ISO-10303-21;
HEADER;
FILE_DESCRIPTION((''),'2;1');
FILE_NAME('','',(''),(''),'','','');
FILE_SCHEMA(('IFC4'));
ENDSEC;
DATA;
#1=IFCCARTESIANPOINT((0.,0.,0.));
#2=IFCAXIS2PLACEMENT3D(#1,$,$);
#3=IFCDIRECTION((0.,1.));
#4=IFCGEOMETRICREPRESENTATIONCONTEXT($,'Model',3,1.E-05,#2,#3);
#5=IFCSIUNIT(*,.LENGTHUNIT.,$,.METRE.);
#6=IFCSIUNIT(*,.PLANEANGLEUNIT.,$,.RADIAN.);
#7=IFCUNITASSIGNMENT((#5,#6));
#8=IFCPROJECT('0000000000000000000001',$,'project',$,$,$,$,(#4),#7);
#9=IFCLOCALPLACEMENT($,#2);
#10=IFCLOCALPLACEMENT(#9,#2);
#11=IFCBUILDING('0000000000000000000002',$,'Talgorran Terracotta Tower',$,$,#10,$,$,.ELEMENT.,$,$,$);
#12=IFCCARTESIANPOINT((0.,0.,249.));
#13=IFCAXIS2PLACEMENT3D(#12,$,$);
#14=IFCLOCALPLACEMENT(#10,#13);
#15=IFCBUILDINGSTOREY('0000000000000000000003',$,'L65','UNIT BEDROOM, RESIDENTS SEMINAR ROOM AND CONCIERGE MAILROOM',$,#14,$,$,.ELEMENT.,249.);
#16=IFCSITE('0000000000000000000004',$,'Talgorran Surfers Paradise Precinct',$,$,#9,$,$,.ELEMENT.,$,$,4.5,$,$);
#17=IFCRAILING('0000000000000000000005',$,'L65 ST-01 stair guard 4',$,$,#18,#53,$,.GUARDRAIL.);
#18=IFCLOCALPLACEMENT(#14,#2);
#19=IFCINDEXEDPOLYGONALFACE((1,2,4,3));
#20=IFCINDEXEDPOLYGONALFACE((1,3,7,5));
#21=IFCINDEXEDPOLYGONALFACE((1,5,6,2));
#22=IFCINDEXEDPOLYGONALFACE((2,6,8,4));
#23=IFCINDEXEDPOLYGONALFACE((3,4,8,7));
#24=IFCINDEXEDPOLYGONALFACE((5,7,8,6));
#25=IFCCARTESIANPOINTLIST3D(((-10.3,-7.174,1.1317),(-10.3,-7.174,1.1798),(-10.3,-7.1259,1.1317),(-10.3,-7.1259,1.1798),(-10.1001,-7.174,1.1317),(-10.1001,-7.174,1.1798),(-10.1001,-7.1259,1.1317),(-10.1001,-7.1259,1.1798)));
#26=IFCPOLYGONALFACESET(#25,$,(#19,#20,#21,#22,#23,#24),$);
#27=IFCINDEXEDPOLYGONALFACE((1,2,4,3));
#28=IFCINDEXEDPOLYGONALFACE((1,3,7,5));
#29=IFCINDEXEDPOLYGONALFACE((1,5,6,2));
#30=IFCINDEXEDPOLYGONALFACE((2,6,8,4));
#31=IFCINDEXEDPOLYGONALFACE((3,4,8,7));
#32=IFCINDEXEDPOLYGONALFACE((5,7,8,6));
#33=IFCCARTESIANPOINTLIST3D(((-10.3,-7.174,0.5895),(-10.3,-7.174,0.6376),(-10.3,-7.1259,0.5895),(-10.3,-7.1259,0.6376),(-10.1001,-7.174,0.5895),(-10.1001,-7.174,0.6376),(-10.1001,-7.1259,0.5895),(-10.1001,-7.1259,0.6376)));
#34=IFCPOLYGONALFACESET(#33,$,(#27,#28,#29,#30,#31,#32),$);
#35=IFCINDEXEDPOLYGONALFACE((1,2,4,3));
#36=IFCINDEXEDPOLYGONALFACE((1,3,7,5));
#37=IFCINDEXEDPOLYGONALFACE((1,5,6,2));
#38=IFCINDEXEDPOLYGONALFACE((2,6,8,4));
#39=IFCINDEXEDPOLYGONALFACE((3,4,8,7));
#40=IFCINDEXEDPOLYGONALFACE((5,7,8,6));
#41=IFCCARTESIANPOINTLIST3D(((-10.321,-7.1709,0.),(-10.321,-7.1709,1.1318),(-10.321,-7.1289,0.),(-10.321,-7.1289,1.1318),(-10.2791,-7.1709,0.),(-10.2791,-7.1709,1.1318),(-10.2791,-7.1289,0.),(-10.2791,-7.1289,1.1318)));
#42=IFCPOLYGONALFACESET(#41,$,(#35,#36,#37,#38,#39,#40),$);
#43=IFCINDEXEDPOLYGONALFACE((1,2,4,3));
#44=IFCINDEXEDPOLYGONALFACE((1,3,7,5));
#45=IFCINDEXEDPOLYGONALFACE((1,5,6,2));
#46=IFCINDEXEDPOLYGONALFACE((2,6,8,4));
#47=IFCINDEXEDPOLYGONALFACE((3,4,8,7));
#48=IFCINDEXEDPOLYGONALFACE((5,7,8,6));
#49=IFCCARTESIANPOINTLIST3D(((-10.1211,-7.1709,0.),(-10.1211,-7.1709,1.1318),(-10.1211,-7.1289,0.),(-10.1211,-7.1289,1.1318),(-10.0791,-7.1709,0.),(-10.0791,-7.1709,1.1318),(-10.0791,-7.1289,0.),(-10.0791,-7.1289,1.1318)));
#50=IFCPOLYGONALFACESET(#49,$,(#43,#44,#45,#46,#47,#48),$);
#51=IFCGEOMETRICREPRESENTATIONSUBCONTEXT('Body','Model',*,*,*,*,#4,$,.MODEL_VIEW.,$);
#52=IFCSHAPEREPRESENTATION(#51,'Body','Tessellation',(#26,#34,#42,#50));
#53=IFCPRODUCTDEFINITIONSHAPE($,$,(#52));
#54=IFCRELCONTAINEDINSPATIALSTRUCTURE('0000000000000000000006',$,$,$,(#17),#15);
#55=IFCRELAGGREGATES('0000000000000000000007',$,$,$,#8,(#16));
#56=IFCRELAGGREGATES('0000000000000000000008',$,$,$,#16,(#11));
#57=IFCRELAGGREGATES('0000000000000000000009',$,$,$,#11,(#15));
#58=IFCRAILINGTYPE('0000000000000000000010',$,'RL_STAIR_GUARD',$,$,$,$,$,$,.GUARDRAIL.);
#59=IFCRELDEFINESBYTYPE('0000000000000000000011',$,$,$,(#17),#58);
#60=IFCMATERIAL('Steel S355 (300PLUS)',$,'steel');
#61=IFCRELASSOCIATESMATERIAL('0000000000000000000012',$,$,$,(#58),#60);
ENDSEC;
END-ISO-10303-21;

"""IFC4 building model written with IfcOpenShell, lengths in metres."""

from ifc_helpers import new_model, si_unit, direction, frame, origin, origin_2d, place, context, subcontext, project, spatial, rectangle, extrude, material, type_object, element, save


model = new_model("IFC4")

# Units and contexts
model_context = context("Model", 3, precision=1e-05, world=origin(), true_north=direction((0.0, 1.0)))
body_context = subcontext(model_context, "Body", "Model", "MODEL_VIEW")
ifc_project = project(units=[si_unit("LENGTHUNIT", "METRE"), si_unit("PLANEANGLEUNIT", "RADIAN")], contexts=[model_context])

# Site, building, storey
site_placement = place(None, origin())
site = spatial("IfcSite", under=ifc_project, at=site_placement, Name="Talgorran Surfers Paradise Precinct", CompositionType="ELEMENT", RefElevation=4.5)
building_placement = place(site_placement, origin())
building = spatial("IfcBuilding", under=site, at=building_placement, Name="Talgorran Terracotta Tower", CompositionType="ELEMENT")
storey_placement = place(building_placement, frame((0.0, 0.0, 249.0)))
storey = spatial("IfcBuildingStorey", under=building, at=storey_placement, Name="L65", Description="UNIT BEDROOM, RESIDENTS SEMINAR ROOM AND CONCIERGE MAILROOM", CompositionType="ELEMENT", Elevation=249.0)

# Shared definitions
ifc_material_1 = material(Name="Steel S355 (300PLUS)", Category="steel")

# Railing
railing_type = type_object("IfcRailingType", Name="RL_STAIR_GUARD", PredefinedType="GUARDRAIL", material=ifc_material_1)
railing_placement = place(storey_placement, frame((-10.3, -7.1499, 0.0)))
element("IfcRailing", 1, at=railing_placement, inside=storey, type_object=railing_type, Name="L65 ST-01 stair guard 4", PredefinedType="GUARDRAIL", context=body_context, shape_type="SweptSolid", body=[
    extrude(rectangle(XDim=0.0481, YDim=0.0481, at=origin_2d()), frame((0.0, 0.0, 1.1558), z_axis=(1.0, 0.0, 0.0), x_axis=(0.0, 1.0, 0.0)), (0.0, 0.0, 1.0), 0.2),
    extrude(rectangle(XDim=0.0481, YDim=0.0481, at=origin_2d()), frame((0.0, 0.0, 0.6135), z_axis=(1.0, 0.0, 0.0), x_axis=(0.0, 1.0, 0.0)), (0.0, 0.0, 1.0), 0.2),
    extrude(rectangle(XDim=0.042, YDim=0.042, at=origin_2d()), origin(), (0.0, 0.0, 1.0), 1.1318),
    extrude(rectangle(XDim=0.042, YDim=0.042, at=origin_2d()), frame((0.2, 0.0, 0.0)), (0.0, 0.0, 1.0), 1.1318),
])

save(model, "model.ifc")
